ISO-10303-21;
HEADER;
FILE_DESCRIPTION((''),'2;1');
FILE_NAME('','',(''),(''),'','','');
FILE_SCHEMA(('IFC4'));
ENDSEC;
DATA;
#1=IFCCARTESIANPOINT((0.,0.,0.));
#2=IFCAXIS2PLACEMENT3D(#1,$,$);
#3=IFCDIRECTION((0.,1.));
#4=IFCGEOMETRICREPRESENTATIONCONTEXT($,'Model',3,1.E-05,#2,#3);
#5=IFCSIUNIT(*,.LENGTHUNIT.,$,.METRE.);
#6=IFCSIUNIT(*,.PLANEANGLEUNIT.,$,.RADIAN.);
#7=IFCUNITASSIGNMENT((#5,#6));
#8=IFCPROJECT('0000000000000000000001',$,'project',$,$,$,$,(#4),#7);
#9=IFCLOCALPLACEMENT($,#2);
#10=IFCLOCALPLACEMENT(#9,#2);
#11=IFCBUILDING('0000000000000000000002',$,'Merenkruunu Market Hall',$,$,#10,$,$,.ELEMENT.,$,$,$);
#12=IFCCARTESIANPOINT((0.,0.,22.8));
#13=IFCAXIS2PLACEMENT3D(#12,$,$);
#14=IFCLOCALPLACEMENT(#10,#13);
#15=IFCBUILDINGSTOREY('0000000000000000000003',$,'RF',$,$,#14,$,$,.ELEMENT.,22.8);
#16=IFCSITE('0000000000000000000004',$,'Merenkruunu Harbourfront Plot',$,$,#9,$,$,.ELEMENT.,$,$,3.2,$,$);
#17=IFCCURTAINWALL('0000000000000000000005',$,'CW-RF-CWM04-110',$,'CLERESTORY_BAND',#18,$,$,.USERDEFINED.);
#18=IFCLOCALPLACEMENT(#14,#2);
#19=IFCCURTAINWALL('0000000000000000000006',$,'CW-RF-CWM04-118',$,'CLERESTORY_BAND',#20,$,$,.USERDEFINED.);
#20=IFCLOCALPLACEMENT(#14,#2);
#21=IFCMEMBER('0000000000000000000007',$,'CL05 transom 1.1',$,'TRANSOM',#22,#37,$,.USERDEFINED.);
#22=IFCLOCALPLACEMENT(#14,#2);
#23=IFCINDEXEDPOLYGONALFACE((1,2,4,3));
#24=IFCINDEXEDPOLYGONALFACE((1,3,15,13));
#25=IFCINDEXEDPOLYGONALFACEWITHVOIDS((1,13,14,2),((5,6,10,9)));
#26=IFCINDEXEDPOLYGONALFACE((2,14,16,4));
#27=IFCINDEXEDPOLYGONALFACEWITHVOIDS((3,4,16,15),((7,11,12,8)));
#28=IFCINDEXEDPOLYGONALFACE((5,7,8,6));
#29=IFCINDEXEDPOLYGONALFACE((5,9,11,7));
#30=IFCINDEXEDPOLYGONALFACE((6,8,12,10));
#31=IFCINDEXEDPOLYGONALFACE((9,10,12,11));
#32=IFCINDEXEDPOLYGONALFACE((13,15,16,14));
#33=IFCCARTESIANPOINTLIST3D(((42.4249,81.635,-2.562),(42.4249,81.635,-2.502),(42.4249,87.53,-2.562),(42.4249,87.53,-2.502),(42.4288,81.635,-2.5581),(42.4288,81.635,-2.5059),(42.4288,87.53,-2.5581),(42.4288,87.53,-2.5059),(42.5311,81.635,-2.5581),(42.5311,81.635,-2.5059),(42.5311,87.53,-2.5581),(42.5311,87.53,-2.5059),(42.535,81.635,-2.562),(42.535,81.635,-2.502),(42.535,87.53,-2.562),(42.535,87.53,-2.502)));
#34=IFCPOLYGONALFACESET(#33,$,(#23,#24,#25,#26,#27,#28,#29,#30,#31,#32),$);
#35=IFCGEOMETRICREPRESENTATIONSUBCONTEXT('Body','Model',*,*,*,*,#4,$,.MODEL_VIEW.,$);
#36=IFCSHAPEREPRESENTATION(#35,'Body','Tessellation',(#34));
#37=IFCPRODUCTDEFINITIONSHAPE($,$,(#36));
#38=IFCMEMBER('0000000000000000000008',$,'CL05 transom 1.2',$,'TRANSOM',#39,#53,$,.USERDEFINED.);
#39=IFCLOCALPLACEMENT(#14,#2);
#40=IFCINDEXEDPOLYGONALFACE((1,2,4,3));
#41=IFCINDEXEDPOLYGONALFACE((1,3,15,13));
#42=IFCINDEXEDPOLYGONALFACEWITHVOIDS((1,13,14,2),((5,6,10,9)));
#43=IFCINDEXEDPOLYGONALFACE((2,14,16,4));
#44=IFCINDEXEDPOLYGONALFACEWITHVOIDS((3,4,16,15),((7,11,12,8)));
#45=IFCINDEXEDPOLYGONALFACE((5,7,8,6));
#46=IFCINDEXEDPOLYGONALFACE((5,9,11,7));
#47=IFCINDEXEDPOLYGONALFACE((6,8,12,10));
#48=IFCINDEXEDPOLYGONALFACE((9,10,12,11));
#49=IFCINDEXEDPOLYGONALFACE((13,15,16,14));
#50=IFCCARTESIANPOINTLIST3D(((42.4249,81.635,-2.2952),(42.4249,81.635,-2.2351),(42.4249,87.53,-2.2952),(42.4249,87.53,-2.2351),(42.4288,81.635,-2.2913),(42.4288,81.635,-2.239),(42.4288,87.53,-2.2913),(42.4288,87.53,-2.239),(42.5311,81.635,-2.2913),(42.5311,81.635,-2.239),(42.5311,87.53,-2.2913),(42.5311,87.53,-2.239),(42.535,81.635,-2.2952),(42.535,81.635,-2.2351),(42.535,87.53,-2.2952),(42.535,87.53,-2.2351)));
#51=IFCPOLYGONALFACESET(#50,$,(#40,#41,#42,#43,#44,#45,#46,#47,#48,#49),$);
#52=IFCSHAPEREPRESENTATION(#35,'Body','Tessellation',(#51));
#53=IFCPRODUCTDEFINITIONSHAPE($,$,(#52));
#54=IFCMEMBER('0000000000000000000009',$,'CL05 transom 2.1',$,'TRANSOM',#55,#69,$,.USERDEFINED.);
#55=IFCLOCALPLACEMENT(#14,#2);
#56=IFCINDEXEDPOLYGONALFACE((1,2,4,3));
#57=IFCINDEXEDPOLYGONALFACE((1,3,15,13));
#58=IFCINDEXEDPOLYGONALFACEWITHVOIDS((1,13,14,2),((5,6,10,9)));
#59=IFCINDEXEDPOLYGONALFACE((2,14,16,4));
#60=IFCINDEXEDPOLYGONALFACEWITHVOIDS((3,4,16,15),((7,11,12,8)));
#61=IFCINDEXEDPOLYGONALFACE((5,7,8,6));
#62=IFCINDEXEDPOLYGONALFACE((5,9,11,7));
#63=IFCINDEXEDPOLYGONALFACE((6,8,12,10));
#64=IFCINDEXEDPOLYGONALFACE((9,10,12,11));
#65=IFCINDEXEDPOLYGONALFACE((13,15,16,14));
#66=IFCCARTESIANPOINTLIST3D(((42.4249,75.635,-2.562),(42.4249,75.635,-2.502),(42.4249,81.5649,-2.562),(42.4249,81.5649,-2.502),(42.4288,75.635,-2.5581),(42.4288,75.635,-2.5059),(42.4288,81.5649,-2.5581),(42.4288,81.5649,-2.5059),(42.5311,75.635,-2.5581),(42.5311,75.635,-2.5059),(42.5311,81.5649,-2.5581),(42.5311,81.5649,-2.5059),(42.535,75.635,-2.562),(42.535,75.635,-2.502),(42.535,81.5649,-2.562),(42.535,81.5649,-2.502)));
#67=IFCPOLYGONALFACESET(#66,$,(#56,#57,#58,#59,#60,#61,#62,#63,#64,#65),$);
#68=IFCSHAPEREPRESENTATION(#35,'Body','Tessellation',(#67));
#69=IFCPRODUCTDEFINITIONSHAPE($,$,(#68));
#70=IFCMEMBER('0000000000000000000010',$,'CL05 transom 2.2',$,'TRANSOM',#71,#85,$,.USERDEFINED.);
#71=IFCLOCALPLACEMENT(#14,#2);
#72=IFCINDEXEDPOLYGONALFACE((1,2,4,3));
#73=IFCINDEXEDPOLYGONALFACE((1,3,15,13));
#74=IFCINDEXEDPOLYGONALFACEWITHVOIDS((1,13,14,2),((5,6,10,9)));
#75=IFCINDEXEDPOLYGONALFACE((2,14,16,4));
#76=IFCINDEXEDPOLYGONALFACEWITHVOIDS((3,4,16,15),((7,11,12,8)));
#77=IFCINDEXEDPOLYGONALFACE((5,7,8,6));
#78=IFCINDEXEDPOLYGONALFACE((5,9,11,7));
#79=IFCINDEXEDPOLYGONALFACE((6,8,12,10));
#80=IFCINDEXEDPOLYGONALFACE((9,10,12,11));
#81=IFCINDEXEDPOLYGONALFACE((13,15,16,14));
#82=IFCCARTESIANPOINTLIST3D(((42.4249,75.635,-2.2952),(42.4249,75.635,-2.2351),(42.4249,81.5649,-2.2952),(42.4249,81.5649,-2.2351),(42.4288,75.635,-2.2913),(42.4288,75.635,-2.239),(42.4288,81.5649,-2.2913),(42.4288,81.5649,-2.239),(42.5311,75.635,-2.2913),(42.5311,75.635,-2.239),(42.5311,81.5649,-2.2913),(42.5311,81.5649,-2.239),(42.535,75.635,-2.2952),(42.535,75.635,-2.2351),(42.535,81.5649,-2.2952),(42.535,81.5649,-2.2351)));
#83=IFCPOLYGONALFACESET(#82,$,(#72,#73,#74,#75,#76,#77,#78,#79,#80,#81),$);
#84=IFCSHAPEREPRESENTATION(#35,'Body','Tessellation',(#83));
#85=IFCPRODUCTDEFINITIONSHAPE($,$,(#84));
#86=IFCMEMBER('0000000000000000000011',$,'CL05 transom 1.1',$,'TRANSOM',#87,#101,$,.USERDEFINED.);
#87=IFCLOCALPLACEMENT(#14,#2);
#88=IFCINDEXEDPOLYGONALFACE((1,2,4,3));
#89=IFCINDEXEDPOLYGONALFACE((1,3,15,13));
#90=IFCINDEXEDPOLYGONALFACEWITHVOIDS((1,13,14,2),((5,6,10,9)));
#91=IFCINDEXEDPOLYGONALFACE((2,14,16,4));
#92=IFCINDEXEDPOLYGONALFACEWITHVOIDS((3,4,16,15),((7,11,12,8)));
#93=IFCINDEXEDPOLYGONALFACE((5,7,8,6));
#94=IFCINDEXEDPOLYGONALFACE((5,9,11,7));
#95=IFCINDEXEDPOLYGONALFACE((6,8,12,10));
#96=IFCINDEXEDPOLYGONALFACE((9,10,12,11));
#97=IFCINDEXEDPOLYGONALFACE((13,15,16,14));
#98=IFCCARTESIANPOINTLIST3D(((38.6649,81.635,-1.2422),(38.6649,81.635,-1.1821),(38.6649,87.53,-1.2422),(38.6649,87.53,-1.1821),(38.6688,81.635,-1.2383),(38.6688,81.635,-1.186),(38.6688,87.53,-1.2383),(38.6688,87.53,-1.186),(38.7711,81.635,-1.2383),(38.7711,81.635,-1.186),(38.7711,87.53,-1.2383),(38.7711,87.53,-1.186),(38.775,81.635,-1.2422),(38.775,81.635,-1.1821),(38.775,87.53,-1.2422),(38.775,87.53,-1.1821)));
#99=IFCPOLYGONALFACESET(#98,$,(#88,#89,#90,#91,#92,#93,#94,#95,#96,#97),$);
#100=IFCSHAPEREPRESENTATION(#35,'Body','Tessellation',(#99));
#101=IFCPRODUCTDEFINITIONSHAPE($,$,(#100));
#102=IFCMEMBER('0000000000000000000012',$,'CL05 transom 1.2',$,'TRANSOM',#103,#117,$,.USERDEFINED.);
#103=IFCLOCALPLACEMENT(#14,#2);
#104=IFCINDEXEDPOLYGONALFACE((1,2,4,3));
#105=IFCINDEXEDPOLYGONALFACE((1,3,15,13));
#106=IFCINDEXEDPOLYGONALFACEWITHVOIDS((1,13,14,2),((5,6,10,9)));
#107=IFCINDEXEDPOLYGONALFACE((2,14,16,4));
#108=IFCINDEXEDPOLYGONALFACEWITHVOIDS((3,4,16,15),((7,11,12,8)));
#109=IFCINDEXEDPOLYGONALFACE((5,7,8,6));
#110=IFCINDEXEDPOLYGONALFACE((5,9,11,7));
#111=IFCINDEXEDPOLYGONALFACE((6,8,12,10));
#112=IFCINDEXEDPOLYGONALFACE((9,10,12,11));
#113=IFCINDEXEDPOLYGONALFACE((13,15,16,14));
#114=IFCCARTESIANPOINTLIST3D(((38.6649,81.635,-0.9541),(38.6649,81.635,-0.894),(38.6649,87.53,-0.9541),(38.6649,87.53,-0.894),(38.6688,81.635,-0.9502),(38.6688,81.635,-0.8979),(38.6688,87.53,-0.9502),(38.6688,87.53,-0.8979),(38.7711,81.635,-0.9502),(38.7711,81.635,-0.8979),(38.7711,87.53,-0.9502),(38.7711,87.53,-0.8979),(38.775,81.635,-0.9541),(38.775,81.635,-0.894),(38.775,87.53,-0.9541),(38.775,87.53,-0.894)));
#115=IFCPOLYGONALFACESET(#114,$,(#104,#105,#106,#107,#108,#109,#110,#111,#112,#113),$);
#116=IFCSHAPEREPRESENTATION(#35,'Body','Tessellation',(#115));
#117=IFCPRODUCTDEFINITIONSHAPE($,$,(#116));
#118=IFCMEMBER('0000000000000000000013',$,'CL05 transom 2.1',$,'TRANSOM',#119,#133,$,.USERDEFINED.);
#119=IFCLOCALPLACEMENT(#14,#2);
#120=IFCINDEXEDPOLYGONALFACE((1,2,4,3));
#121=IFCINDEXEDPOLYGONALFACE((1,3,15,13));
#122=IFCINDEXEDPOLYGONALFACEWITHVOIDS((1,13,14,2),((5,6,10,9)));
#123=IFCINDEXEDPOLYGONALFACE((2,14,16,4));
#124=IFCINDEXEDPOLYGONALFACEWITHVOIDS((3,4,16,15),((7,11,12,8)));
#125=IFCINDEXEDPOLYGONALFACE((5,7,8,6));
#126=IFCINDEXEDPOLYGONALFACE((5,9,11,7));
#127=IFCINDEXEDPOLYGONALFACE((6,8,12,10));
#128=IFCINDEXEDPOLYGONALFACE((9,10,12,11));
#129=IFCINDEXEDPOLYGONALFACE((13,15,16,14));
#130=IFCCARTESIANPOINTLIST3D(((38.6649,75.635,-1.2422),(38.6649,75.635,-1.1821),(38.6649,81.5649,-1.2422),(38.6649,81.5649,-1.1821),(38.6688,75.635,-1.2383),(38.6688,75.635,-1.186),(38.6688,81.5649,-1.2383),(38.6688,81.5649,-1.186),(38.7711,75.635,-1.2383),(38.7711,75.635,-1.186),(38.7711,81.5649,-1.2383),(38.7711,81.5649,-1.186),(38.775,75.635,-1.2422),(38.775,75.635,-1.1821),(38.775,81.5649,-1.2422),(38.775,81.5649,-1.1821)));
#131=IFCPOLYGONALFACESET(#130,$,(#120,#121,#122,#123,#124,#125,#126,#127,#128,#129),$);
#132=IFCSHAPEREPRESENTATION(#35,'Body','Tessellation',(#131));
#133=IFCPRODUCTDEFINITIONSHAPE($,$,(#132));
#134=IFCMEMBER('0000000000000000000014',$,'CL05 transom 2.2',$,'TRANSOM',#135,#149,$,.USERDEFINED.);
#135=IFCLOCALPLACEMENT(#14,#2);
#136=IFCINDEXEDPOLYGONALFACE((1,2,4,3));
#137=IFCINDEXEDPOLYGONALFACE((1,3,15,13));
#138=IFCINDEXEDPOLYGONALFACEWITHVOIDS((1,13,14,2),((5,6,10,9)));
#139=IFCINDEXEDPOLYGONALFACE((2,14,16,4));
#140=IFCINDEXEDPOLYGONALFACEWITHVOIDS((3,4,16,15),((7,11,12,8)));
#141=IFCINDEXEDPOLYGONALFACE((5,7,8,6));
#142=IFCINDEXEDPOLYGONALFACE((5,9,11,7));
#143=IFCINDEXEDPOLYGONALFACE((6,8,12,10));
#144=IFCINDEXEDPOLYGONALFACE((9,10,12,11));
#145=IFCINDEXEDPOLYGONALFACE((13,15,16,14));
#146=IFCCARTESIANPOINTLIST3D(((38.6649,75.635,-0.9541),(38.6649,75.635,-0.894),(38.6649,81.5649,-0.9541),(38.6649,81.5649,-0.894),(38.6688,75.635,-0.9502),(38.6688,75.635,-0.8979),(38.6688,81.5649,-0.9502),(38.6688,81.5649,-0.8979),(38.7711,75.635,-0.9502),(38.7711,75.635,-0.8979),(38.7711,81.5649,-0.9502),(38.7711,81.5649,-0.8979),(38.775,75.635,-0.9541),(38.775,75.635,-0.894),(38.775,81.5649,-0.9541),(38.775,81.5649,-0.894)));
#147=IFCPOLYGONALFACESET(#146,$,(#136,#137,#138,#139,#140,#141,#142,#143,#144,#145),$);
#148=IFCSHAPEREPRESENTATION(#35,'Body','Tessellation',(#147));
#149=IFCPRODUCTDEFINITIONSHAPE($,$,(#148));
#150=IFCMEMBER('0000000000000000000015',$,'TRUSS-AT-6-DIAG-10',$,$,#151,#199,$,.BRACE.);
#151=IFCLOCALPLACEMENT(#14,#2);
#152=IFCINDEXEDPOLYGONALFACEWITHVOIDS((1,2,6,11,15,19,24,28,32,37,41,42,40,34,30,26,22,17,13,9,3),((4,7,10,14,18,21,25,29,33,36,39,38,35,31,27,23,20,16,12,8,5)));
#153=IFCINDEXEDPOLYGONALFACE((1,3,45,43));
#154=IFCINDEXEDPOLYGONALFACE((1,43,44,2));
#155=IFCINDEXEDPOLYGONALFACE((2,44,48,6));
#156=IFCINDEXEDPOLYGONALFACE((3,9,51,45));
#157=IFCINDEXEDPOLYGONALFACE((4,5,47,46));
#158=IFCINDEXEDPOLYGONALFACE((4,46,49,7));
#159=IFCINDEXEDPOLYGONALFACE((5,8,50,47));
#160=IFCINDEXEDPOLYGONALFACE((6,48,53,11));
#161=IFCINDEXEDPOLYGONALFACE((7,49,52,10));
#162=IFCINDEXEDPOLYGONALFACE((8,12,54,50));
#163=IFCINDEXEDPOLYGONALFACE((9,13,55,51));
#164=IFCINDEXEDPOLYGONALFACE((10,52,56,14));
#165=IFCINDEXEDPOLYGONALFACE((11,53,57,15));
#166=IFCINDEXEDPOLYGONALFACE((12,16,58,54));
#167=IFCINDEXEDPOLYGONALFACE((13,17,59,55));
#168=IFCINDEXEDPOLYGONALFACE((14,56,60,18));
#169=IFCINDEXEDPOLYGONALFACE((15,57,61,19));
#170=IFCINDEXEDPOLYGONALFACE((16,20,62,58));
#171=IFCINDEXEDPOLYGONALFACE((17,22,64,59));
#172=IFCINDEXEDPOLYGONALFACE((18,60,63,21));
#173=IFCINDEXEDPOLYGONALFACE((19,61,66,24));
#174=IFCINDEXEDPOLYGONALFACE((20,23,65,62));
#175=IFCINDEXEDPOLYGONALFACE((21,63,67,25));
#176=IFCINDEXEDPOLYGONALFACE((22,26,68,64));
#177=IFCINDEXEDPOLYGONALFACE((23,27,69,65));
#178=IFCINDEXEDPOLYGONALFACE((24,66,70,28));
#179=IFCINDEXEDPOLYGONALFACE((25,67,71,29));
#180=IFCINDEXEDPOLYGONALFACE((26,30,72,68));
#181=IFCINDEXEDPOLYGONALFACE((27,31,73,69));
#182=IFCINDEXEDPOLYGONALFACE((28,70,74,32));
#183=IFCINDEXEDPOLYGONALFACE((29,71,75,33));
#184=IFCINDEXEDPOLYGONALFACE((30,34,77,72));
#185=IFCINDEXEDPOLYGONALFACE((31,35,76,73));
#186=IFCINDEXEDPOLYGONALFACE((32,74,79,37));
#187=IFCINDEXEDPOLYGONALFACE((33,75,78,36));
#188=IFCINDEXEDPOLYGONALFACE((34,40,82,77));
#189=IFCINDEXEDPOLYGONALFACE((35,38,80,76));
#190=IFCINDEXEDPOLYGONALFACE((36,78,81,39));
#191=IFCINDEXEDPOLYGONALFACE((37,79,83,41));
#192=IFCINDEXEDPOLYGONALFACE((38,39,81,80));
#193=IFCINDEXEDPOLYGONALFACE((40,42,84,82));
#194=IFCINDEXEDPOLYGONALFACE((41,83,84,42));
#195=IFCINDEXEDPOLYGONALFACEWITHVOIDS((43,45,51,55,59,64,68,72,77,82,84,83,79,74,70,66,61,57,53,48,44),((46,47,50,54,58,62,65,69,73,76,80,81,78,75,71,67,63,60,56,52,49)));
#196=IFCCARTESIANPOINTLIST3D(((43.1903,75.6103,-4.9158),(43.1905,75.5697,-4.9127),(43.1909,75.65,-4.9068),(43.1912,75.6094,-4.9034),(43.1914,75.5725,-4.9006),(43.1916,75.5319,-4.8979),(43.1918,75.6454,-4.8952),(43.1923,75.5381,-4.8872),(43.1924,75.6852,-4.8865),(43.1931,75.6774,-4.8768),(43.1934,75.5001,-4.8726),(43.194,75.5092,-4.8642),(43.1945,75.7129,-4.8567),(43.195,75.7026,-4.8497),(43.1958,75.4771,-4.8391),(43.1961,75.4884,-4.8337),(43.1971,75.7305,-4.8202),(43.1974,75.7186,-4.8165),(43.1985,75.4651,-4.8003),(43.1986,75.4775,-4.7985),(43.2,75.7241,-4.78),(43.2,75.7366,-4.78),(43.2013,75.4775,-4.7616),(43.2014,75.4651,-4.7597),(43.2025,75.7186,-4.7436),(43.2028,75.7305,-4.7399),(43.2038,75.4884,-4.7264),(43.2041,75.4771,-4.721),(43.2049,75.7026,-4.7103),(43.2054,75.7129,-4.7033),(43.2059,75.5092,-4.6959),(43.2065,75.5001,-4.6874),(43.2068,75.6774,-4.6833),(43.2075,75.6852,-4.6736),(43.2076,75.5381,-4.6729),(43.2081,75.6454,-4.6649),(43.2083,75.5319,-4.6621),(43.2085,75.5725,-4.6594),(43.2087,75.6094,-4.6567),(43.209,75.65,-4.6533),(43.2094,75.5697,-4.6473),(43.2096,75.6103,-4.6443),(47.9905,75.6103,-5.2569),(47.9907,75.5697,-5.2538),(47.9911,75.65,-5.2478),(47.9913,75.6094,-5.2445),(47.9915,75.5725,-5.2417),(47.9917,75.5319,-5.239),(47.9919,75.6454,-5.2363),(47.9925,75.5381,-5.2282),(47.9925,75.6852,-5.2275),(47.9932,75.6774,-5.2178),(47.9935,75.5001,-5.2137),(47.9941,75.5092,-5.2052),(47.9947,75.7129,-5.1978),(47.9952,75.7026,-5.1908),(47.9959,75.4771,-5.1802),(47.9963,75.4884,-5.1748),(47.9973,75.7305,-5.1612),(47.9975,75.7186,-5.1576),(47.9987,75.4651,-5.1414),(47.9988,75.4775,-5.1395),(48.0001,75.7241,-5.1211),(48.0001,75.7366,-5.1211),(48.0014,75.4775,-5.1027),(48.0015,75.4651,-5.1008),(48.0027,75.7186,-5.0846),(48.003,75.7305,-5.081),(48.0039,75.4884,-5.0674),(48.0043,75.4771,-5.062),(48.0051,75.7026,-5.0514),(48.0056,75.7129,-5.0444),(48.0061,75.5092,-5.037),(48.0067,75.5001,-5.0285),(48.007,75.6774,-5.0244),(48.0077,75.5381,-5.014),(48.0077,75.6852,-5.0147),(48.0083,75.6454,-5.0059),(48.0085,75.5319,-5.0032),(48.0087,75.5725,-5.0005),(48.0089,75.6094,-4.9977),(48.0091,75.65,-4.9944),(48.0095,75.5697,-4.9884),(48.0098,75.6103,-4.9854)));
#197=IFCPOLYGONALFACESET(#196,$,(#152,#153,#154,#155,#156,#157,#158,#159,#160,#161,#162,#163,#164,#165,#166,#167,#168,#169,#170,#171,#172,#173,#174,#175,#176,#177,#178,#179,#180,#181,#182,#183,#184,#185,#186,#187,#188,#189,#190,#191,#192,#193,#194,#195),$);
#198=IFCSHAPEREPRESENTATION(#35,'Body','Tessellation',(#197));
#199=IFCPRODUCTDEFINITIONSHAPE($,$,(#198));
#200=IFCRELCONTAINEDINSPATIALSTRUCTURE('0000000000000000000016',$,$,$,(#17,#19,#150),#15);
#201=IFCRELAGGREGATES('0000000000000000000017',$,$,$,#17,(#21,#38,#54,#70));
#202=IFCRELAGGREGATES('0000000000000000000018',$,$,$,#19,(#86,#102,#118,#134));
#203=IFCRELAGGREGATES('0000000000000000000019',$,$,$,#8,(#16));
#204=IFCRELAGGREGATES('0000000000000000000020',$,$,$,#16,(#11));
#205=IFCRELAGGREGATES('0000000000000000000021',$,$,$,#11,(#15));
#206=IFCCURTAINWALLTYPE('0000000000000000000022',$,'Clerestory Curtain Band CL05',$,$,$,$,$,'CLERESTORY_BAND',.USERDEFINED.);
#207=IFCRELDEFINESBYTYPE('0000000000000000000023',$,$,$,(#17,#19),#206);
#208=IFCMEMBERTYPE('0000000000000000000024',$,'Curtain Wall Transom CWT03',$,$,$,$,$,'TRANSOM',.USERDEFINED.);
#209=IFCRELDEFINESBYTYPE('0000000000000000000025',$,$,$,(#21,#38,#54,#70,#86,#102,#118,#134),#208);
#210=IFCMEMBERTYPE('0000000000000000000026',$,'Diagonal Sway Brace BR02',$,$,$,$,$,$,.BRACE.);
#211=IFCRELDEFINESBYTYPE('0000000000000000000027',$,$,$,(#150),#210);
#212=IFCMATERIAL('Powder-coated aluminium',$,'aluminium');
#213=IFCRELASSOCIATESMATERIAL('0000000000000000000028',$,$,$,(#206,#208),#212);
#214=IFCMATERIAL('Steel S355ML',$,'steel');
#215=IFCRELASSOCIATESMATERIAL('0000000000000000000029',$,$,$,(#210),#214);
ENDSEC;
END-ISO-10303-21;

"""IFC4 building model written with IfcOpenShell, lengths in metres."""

from ifc_helpers import new_model, si_unit, direction, frame, origin, origin_2d, place, context, subcontext, project, spatial, hollow_rectangle, hollow_circle, extrude, material, material_profile, profile_set, type_object, element, aggregate, save


model = new_model("IFC4")

# Units and contexts
model_context = context("Model", 3, precision=1e-05, world=origin(), true_north=direction((0.0, 1.0)))
body_context = subcontext(model_context, "Body", "Model", "MODEL_VIEW")
ifc_project = project(units=[si_unit("LENGTHUNIT", "METRE"), si_unit("PLANEANGLEUNIT", "RADIAN")], contexts=[model_context])

# Site, building, storey
site_placement = place(None, origin())
site = spatial("IfcSite", under=ifc_project, at=site_placement, Name="Merenkruunu Harbourfront Plot", CompositionType="ELEMENT", RefElevation=3.2)
building_placement = place(site_placement, origin())
building = spatial("IfcBuilding", under=site, at=building_placement, Name="Merenkruunu Market Hall", CompositionType="ELEMENT")
storey_placement = place(building_placement, frame((0.0, 0.0, 22.8)))
storey = spatial("IfcBuildingStorey", under=building, at=storey_placement, Name="RF", CompositionType="ELEMENT", Elevation=22.8)

# Shared definitions
ifc_material_1 = material(Name="Steel S355ML", Category="steel")

# Curtain walls
ifc_material_2 = material(Name="Powder-coated aluminium", Category="aluminium")
curtain_wall_type = type_object("IfcCurtainWallType", Name="Clerestory Curtain Band CL05", ElementType="CLERESTORY_BAND", PredefinedType="USERDEFINED", material=ifc_material_2)
curtain_wall_1_placement = place(storey_placement, origin())
curtain_wall_1 = element("IfcCurtainWall", 1, at=curtain_wall_1_placement, inside=storey, type_object=curtain_wall_type, Name="CW-RF-CWM04-110", ObjectType="CLERESTORY_BAND", PredefinedType="USERDEFINED")
curtain_wall_2_placement = place(storey_placement, origin())
curtain_wall_2 = element("IfcCurtainWall", 2, at=curtain_wall_2_placement, inside=storey, type_object=curtain_wall_type, Name="CW-RF-CWM04-118", ObjectType="CLERESTORY_BAND", PredefinedType="USERDEFINED")

# Members
ifc_material_profile_1 = material_profile(ifc_material_2, hollow_rectangle(XDim=0.0601, YDim=0.1101, WallThickness=0.0039, at=origin_2d()), Name="ALU 60x110x4")
ifc_profile_set_1 = profile_set([ifc_material_profile_1], Name="Powder-coated aluminium")
member_type_1 = type_object("IfcMemberType", Name="Curtain Wall Transom CWT03", ElementType="TRANSOM", PredefinedType="USERDEFINED", material=ifc_profile_set_1)
member_1_placement = place(storey_placement, frame((42.48, 87.53, -2.532), z_axis=(0.0, -1.0, 0.0), x_axis=(0.0, 0.0, 1.0)))
member_1 = element("IfcMember", 3, at=member_1_placement, type_object=member_type_1, Name="CL05 transom 1.1", ObjectType="TRANSOM", PredefinedType="USERDEFINED", context=body_context, shape_type="SweptSolid", body=[
    extrude(hollow_rectangle(XDim=0.0601, YDim=0.1101, WallThickness=0.0039, at=origin_2d()), origin(), (0.0, 0.0, 1.0), 5.895),
])
member_2_placement = place(storey_placement, frame((42.48, 87.53, -2.2651), z_axis=(0.0, -1.0, 0.0), x_axis=(0.0, 0.0, 1.0)))
member_2 = element("IfcMember", 4, at=member_2_placement, type_object=member_type_1, Name="CL05 transom 1.2", ObjectType="TRANSOM", PredefinedType="USERDEFINED", context=body_context, shape_type="SweptSolid", body=[
    extrude(hollow_rectangle(XDim=0.0601, YDim=0.1101, WallThickness=0.0039, at=origin_2d()), origin(), (0.0, 0.0, 1.0), 5.895),
])
member_3_placement = place(storey_placement, frame((42.48, 81.5649, -2.532), z_axis=(0.0, -1.0, 0.0), x_axis=(0.0, 0.0, 1.0)))
member_3 = element("IfcMember", 5, at=member_3_placement, type_object=member_type_1, Name="CL05 transom 2.1", ObjectType="TRANSOM", PredefinedType="USERDEFINED", context=body_context, shape_type="SweptSolid", body=[
    extrude(hollow_rectangle(XDim=0.0601, YDim=0.1101, WallThickness=0.0039, at=origin_2d()), origin(), (0.0, 0.0, 1.0), 5.9299),
])
member_4_placement = place(storey_placement, frame((42.48, 81.5649, -2.2651), z_axis=(0.0, -1.0, 0.0), x_axis=(0.0, 0.0, 1.0)))
member_4 = element("IfcMember", 6, at=member_4_placement, type_object=member_type_1, Name="CL05 transom 2.2", ObjectType="TRANSOM", PredefinedType="USERDEFINED", context=body_context, shape_type="SweptSolid", body=[
    extrude(hollow_rectangle(XDim=0.0601, YDim=0.1101, WallThickness=0.0039, at=origin_2d()), origin(), (0.0, 0.0, 1.0), 5.9299),
])
member_5_placement = place(storey_placement, frame((38.72, 87.53, -1.2122), z_axis=(0.0, -1.0, 0.0), x_axis=(0.0, 0.0, 1.0)))
member_5 = element("IfcMember", 7, at=member_5_placement, type_object=member_type_1, Name="CL05 transom 1.1", ObjectType="TRANSOM", PredefinedType="USERDEFINED", context=body_context, shape_type="SweptSolid", body=[
    extrude(hollow_rectangle(XDim=0.0601, YDim=0.1101, WallThickness=0.0039, at=origin_2d()), origin(), (0.0, 0.0, 1.0), 5.895),
])
member_6_placement = place(storey_placement, frame((38.72, 87.53, -0.9241), z_axis=(0.0, -1.0, 0.0), x_axis=(0.0, 0.0, 1.0)))
member_6 = element("IfcMember", 8, at=member_6_placement, type_object=member_type_1, Name="CL05 transom 1.2", ObjectType="TRANSOM", PredefinedType="USERDEFINED", context=body_context, shape_type="SweptSolid", body=[
    extrude(hollow_rectangle(XDim=0.0601, YDim=0.1101, WallThickness=0.0039, at=origin_2d()), origin(), (0.0, 0.0, 1.0), 5.895),
])
member_7_placement = place(storey_placement, frame((38.72, 81.5649, -1.2122), z_axis=(0.0, -1.0, 0.0), x_axis=(0.0, 0.0, 1.0)))
member_7 = element("IfcMember", 9, at=member_7_placement, type_object=member_type_1, Name="CL05 transom 2.1", ObjectType="TRANSOM", PredefinedType="USERDEFINED", context=body_context, shape_type="SweptSolid", body=[
    extrude(hollow_rectangle(XDim=0.0601, YDim=0.1101, WallThickness=0.0039, at=origin_2d()), origin(), (0.0, 0.0, 1.0), 5.9299),
])
member_8_placement = place(storey_placement, frame((38.72, 81.5649, -0.9241), z_axis=(0.0, -1.0, 0.0), x_axis=(0.0, 0.0, 1.0)))
member_8 = element("IfcMember", 10, at=member_8_placement, type_object=member_type_1, Name="CL05 transom 2.2", ObjectType="TRANSOM", PredefinedType="USERDEFINED", context=body_context, shape_type="SweptSolid", body=[
    extrude(hollow_rectangle(XDim=0.0601, YDim=0.1101, WallThickness=0.0039, at=origin_2d()), origin(), (0.0, 0.0, 1.0), 5.9299),
])

# Member
ifc_material_profile_2 = material_profile(ifc_material_1, hollow_circle(Radius=0.1365, WallThickness=0.0125, at=origin_2d()), Name="CHS 273x12.5")
ifc_profile_set_2 = profile_set([ifc_material_profile_2], Name="Steel S355ML")
member_type_2 = type_object("IfcMemberType", Name="Diagonal Sway Brace BR02", PredefinedType="BRACE", material=ifc_profile_set_2)
member_9_placement = place(storey_placement, frame((43.2, 75.6001, -4.78), z_axis=(0.997485, 0.0, -0.070876), x_axis=(0.0, 1.0, 0.0)))
element("IfcMember", 11, at=member_9_placement, inside=storey, type_object=member_type_2, Name="TRUSS-AT-6-DIAG-10", PredefinedType="BRACE", context=body_context, shape_type="SweptSolid", body=[
    extrude(hollow_circle(Radius=0.1365, WallThickness=0.0125, at=origin_2d()), origin(), (0.0, 0.0, 1.0), 4.8123),
])

aggregate(curtain_wall_1, [member_1, member_2, member_3, member_4])
aggregate(curtain_wall_2, [member_5, member_6, member_7, member_8])

save(model, "model.ifc")
